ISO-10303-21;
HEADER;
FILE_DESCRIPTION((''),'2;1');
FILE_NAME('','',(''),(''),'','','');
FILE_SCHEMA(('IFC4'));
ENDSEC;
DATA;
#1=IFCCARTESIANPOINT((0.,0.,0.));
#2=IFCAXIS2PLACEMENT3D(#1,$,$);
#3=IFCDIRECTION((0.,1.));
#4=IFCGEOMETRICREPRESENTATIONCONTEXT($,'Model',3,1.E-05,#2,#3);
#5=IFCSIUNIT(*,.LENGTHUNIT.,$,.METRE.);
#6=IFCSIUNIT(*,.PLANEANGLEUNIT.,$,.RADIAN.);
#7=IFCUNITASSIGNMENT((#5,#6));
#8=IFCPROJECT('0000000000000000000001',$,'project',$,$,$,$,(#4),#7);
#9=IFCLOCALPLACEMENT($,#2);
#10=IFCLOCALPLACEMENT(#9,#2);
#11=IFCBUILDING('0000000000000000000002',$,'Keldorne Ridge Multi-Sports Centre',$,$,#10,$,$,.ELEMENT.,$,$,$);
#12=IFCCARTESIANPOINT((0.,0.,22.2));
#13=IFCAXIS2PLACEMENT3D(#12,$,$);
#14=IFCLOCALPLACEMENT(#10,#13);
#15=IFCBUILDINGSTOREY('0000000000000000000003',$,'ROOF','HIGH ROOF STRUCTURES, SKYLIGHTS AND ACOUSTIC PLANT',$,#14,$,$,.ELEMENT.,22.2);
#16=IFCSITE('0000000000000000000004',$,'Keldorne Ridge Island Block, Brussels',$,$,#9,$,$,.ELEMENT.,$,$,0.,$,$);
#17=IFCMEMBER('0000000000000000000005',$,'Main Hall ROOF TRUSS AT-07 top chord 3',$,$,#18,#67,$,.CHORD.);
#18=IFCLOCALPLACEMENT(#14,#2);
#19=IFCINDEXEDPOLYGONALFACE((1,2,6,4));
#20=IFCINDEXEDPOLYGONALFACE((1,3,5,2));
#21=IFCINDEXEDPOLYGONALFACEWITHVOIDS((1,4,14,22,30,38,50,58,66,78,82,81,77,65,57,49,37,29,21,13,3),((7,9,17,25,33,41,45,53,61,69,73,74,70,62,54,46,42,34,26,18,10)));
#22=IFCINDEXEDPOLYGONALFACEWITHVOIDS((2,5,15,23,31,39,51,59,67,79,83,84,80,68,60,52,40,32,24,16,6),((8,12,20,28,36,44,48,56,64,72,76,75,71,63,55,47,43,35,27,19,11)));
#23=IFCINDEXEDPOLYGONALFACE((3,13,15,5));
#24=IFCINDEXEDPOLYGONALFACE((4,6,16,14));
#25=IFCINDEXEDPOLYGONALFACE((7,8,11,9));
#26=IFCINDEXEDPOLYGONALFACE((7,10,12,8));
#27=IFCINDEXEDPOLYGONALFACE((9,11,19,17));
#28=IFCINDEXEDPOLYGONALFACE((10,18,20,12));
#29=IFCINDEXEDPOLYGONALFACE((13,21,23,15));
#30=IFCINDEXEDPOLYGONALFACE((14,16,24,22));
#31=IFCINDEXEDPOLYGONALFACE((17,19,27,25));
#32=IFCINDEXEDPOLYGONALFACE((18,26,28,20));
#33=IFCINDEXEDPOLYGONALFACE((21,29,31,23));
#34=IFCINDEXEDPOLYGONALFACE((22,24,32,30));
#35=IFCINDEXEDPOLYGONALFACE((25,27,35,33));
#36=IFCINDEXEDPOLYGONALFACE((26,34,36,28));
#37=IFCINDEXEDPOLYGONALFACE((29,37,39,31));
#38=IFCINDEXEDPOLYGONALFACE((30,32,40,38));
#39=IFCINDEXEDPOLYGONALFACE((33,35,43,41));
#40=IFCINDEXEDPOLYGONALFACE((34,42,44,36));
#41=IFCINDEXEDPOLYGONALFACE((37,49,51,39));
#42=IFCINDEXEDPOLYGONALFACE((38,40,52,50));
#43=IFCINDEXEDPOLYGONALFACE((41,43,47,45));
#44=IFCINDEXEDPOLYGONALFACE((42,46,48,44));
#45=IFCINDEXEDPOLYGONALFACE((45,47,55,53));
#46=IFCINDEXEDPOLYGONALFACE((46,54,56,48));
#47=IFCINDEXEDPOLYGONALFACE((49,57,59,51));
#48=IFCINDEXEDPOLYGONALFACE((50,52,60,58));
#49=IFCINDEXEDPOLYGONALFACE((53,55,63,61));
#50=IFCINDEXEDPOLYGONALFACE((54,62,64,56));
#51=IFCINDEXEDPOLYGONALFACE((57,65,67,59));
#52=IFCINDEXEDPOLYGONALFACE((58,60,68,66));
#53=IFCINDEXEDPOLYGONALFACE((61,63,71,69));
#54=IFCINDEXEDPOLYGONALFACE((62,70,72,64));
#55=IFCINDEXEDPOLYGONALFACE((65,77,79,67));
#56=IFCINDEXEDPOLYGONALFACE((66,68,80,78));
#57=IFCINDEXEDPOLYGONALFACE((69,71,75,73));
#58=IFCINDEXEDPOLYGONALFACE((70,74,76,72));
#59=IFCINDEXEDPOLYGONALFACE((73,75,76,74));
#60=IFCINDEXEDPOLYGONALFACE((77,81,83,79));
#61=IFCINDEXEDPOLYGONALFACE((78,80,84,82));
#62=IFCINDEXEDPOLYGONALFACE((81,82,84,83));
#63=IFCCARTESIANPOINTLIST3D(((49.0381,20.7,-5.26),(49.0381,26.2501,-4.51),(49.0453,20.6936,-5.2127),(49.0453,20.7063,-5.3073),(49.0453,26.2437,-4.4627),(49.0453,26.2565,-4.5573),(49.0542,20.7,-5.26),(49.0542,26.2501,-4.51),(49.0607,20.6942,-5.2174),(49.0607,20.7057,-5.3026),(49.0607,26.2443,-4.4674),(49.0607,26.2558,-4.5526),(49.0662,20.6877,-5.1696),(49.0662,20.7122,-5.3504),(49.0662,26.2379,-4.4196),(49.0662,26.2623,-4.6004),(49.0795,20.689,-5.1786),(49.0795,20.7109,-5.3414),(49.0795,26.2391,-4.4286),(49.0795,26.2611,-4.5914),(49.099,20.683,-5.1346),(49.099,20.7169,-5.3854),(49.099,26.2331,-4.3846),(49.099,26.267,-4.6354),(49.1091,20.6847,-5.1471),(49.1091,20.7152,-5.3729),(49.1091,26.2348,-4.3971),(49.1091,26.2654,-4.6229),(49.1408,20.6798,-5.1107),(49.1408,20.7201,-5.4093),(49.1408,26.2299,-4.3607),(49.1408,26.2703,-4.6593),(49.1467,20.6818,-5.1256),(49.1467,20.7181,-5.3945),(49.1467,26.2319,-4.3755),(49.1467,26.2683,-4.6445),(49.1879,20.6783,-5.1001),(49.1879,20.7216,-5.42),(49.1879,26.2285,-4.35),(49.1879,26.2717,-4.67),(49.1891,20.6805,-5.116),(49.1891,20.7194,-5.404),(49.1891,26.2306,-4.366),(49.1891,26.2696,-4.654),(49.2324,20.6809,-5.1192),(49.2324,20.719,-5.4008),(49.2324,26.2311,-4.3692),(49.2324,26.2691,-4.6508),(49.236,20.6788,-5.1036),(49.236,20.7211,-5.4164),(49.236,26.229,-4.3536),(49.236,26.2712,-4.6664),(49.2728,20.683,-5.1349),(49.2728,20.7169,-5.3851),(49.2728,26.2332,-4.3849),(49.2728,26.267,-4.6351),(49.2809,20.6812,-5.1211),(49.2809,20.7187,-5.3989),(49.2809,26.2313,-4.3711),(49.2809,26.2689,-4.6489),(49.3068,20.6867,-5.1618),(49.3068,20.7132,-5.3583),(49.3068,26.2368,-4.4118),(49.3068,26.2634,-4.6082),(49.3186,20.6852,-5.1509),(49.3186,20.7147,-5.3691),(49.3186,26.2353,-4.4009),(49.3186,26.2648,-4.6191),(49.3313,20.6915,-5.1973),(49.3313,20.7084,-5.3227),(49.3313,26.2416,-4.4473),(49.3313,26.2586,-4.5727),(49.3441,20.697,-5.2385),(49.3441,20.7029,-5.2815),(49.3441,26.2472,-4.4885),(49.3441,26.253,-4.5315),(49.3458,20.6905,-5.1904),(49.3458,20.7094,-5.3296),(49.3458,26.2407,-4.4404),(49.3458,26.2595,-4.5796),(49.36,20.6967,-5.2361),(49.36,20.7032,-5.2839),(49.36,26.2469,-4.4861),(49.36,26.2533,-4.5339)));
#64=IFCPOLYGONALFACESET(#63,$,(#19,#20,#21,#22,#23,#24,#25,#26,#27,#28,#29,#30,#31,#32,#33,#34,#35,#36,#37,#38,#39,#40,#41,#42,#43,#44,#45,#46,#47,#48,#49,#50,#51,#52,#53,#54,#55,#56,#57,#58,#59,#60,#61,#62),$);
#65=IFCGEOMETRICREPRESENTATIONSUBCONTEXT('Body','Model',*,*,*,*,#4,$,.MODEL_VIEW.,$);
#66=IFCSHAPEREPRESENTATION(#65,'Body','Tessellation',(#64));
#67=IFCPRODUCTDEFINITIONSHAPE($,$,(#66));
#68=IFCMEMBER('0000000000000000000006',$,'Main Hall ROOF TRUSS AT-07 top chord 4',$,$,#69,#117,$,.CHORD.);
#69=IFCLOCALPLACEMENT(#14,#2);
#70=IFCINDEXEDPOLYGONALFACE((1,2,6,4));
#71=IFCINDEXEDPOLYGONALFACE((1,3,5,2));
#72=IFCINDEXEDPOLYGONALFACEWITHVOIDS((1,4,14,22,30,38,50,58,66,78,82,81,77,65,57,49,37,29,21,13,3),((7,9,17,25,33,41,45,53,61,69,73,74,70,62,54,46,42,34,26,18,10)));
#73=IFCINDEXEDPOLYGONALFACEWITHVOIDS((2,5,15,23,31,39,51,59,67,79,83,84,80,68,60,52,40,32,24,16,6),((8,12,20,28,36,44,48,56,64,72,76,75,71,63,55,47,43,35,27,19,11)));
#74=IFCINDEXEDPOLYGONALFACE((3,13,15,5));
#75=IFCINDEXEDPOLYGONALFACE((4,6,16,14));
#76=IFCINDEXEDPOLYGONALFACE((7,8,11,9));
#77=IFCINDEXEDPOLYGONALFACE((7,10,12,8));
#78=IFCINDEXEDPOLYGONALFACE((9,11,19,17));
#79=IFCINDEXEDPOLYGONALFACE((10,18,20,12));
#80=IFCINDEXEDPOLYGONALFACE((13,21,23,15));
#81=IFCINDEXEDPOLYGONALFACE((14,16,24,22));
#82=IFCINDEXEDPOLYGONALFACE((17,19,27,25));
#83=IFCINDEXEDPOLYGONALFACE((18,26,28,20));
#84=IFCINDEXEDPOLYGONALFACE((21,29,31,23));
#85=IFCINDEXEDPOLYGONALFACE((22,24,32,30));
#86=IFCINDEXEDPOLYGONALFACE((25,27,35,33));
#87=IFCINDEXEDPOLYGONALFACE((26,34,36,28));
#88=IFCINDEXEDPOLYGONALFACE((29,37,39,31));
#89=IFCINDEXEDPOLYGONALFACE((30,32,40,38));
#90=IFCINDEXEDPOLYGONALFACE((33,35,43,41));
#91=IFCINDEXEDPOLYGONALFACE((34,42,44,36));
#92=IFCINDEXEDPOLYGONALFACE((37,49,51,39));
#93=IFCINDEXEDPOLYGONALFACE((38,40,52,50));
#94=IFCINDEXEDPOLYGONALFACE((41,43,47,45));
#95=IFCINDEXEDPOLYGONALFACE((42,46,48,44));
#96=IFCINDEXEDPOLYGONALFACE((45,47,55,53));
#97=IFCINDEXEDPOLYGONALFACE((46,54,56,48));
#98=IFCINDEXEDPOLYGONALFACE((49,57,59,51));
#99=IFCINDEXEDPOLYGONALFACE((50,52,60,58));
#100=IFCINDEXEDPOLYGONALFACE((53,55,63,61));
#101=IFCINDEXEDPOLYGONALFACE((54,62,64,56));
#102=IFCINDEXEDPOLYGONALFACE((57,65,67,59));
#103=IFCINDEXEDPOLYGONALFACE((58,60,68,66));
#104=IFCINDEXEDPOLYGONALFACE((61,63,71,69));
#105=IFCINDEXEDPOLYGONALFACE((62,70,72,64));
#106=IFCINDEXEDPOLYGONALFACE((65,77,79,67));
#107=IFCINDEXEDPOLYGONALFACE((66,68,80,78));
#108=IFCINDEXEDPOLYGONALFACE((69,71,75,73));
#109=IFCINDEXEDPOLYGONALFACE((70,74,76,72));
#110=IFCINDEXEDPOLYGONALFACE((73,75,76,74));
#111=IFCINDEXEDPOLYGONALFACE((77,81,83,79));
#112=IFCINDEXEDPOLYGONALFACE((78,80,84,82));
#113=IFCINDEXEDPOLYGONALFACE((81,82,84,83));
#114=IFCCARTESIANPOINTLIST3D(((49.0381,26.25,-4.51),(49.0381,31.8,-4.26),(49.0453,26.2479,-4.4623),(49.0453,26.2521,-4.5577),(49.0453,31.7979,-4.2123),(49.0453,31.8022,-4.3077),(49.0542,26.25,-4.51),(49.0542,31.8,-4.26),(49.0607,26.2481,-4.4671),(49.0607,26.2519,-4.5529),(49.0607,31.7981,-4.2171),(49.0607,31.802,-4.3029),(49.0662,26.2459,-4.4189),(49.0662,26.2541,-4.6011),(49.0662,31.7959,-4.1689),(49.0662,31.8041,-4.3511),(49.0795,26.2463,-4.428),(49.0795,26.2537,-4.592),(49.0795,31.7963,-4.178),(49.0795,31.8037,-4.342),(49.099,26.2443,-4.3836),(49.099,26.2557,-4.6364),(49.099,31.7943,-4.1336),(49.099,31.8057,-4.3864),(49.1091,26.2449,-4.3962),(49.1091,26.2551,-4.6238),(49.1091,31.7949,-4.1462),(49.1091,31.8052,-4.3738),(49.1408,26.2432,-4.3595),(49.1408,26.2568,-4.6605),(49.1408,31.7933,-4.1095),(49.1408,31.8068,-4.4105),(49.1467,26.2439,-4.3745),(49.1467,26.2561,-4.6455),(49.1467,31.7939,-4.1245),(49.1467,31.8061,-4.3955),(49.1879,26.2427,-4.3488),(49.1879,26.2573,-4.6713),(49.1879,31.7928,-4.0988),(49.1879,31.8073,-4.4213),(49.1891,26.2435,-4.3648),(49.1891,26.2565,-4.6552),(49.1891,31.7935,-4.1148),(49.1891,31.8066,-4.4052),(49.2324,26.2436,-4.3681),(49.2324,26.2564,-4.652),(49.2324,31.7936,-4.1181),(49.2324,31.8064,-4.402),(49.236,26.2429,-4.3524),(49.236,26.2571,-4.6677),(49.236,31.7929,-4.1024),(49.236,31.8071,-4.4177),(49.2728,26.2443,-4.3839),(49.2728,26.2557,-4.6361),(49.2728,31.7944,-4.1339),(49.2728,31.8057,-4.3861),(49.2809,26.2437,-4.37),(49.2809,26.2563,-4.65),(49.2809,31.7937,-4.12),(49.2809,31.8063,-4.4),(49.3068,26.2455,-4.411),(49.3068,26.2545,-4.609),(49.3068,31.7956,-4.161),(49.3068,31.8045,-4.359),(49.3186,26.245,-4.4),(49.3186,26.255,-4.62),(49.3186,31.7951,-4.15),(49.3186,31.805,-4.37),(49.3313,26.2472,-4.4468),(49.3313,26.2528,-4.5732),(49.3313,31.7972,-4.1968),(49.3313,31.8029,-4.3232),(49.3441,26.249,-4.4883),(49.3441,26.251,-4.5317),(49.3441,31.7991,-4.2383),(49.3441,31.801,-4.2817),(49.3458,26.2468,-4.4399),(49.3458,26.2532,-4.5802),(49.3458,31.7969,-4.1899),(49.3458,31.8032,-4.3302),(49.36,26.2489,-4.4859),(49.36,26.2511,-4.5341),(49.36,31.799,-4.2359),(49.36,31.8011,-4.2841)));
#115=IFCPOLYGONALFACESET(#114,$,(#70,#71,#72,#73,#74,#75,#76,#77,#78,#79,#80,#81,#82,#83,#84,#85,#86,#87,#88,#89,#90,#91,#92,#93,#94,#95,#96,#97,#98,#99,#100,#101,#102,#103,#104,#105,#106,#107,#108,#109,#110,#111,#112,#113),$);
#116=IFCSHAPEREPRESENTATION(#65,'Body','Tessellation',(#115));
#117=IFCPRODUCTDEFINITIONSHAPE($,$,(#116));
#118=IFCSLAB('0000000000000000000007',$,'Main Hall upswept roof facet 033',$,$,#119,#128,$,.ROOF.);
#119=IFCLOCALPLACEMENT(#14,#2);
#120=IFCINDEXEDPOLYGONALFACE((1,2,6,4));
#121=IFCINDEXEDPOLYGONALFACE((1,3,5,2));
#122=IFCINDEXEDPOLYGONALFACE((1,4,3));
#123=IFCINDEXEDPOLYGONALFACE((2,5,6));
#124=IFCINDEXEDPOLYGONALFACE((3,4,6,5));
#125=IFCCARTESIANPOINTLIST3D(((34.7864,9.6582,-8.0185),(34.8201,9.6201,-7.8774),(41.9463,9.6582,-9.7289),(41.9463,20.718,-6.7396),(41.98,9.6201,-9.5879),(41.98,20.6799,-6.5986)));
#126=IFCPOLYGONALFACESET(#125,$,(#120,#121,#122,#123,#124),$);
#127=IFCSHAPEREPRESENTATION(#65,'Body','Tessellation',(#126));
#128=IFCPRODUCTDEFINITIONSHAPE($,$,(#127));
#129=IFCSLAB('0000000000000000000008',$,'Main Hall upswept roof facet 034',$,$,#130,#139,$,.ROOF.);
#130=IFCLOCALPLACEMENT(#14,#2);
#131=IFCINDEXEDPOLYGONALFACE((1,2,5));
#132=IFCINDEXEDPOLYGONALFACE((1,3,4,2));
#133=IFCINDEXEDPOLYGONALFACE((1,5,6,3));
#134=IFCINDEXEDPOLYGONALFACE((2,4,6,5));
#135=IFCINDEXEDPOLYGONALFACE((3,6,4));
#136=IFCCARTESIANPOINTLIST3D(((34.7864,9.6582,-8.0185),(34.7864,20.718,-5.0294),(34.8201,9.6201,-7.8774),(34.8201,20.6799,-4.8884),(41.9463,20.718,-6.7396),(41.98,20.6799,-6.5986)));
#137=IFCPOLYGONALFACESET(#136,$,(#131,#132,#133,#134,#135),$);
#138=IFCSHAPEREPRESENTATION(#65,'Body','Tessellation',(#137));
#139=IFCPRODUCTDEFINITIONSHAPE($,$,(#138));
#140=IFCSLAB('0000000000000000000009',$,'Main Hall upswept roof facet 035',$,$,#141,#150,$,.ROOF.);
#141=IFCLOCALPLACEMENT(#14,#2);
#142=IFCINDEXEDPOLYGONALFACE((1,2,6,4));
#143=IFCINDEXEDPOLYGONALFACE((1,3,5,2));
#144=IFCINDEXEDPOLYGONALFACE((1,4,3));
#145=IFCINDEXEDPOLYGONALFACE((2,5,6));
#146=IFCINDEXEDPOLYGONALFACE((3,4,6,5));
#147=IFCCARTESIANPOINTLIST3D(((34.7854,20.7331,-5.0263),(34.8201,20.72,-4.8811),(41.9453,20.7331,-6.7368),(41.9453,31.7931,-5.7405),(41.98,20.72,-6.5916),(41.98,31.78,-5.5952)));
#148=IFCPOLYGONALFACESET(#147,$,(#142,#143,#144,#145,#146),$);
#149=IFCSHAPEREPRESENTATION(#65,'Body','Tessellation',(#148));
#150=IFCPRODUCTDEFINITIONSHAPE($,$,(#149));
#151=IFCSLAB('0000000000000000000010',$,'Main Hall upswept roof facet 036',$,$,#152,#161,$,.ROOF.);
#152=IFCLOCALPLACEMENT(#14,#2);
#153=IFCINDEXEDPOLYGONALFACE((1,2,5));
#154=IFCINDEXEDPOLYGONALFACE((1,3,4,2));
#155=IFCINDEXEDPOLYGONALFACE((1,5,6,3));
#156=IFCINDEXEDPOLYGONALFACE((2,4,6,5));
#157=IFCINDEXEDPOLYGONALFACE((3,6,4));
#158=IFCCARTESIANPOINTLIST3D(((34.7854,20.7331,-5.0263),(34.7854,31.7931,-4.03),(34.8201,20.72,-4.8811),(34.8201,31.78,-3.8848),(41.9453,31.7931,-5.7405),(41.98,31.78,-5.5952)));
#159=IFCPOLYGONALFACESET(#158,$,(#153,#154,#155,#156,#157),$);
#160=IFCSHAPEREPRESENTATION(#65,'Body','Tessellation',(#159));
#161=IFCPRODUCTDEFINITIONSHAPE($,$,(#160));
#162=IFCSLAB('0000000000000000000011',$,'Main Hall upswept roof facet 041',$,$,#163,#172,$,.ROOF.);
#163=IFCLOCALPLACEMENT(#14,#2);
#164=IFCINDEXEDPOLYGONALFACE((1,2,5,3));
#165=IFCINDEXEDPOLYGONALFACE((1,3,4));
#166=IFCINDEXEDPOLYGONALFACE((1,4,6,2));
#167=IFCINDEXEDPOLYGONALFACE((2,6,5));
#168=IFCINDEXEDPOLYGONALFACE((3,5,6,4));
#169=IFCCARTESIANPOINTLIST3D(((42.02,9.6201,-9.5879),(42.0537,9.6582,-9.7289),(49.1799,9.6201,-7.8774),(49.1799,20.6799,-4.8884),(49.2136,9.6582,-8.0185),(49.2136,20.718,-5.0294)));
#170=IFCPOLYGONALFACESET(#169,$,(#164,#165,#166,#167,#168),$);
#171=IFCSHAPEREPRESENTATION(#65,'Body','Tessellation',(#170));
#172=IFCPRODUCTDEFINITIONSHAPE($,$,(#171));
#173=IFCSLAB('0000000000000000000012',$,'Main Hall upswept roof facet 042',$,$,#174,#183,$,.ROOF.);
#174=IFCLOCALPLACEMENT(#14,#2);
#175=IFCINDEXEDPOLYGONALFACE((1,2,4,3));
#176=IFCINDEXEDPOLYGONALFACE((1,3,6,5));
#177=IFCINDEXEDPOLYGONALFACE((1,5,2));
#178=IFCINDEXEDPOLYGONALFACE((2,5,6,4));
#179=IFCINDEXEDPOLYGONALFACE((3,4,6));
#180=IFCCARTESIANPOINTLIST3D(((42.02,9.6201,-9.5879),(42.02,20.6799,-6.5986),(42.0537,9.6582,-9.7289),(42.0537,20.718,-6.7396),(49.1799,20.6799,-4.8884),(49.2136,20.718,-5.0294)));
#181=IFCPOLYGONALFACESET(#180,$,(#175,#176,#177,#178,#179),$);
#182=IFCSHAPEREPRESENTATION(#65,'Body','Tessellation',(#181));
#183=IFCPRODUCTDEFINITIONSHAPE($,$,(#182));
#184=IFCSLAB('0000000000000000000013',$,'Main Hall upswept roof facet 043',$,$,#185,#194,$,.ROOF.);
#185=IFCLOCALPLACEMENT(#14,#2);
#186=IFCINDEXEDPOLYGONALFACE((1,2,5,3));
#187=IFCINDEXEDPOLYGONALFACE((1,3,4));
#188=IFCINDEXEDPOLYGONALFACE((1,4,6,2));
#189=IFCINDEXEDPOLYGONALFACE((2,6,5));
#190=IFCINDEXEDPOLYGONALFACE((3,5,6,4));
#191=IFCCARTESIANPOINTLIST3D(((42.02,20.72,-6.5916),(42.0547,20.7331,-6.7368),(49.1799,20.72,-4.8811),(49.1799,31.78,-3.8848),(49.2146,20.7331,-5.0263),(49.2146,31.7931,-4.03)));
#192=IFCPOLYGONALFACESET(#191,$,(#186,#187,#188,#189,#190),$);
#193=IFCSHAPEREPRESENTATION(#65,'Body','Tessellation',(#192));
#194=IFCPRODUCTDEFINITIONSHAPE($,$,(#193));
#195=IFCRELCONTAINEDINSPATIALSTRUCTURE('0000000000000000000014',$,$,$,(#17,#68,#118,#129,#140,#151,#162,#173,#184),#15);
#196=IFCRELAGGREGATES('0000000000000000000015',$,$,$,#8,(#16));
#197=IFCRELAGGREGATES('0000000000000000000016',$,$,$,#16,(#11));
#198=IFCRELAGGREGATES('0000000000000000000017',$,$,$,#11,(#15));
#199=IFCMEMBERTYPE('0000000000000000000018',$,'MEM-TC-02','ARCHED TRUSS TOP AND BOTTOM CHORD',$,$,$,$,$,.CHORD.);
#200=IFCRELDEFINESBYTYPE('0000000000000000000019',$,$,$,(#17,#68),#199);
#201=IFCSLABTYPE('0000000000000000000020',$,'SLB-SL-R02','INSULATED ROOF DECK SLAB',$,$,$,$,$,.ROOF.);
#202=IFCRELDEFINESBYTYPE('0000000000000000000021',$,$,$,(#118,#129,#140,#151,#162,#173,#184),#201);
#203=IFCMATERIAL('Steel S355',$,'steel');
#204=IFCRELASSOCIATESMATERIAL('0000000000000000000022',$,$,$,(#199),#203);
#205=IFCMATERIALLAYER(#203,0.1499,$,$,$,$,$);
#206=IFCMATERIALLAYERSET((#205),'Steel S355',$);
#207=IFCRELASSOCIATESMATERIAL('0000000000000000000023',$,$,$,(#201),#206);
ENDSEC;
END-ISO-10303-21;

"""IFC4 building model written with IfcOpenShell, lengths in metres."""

from ifc_helpers import new_model, si_unit, direction, frame, origin, origin_2d, place, context, subcontext, project, spatial, polyline, hollow_circle, outline, extrude, material, layer, layer_set, material_profile, profile_set, type_object, element, save


model = new_model("IFC4")

# Units and contexts
model_context = context("Model", 3, precision=1e-05, world=origin(), true_north=direction((0.0, 1.0)))
body_context = subcontext(model_context, "Body", "Model", "MODEL_VIEW")
ifc_project = project(units=[si_unit("LENGTHUNIT", "METRE"), si_unit("PLANEANGLEUNIT", "RADIAN")], contexts=[model_context])

# Site, building, storey
site_placement = place(None, origin())
site = spatial("IfcSite", under=ifc_project, at=site_placement, Name="Keldorne Ridge Island Block, Brussels", CompositionType="ELEMENT", RefElevation=0.0)
building_placement = place(site_placement, origin())
building = spatial("IfcBuilding", under=site, at=building_placement, Name="Keldorne Ridge Multi-Sports Centre", CompositionType="ELEMENT")
storey_placement = place(building_placement, frame((0.0, 0.0, 22.2)))
storey = spatial("IfcBuildingStorey", under=building, at=storey_placement, Name="ROOF", Description="HIGH ROOF STRUCTURES, SKYLIGHTS AND ACOUSTIC PLANT", CompositionType="ELEMENT", Elevation=22.2)

# Members
ifc_material = material(Name="Steel S355", Category="steel")
ifc_material_profile_1 = material_profile(ifc_material, hollow_circle(Radius=0.1619, WallThickness=0.0161, at=origin_2d()), Name="CHS 323.9x16")
ifc_profile_set_1 = profile_set([ifc_material_profile_1], Name="Steel S355")
member_type_1 = type_object("IfcMemberType", Name="MEM-TC-02", Description="ARCHED TRUSS TOP AND BOTTOM CHORD", PredefinedType="CHORD", material=ifc_profile_set_1)
member_1_placement = place(storey_placement, frame((49.2, 20.7, -5.26), z_axis=(0.0, 0.990993, 0.133917), x_axis=(-1.0, 0.0, 0.0)))
element("IfcMember", 1, at=member_1_placement, inside=storey, type_object=member_type_1, Name="Main Hall ROOF TRUSS AT-07 top chord 3", PredefinedType="CHORD", context=body_context, shape_type="SweptSolid", body=[
    extrude(hollow_circle(Radius=0.1619, WallThickness=0.0161, at=origin_2d()), origin(), (0.0, 0.0, 1.0), 5.6006),
])
member_2_placement = place(storey_placement, frame((49.2, 26.25, -4.51), z_axis=(0.0, 0.998987, 0.044999), x_axis=(-1.0, 0.0, 0.0)))
element("IfcMember", 2, at=member_2_placement, inside=storey, type_object=member_type_1, Name="Main Hall ROOF TRUSS AT-07 top chord 4", PredefinedType="CHORD", context=body_context, shape_type="SweptSolid", body=[
    extrude(hollow_circle(Radius=0.1619, WallThickness=0.0161, at=origin_2d()), origin(), (0.0, 0.0, 1.0), 5.5557),
])

# Slabs
ifc_layer_1 = layer(ifc_material, 0.1499)
ifc_layer_set_1 = layer_set([ifc_layer_1], Name="Steel S355")
slab_type_1 = type_object("IfcSlabType", Name="SLB-SL-R02", Description="INSULATED ROOF DECK SLAB", PredefinedType="ROOF", material=ifc_layer_set_1)
slab_1_placement = place(storey_placement, frame((34.8201, 9.6201, -7.8774), z_axis=(0.224719, -0.254245, 0.94067), x_axis=(0.972631, 0.0, -0.232354)))
element("IfcSlab", 3, at=slab_1_placement, inside=storey, type_object=slab_type_1, Name="Main Hall upswept roof facet 033", PredefinedType="ROOF", context=body_context, shape_type="SweptSolid", body=[
    extrude(outline(polyline([(0.0, 0.0), (7.3614, 0.0), (6.6668, 11.4356), (0.0, 0.0)])), origin(), (0.0, 0.0, -1.0), 0.1499),
])
slab_2_placement = place(storey_placement, frame((34.8201, 9.6201, -7.8774), z_axis=(0.22469, -0.254228, 0.940682), x_axis=(0.5409, 0.83552, 0.096608)))
element("IfcSlab", 4, at=slab_2_placement, inside=storey, type_object=slab_type_1, Name="Main Hall upswept roof facet 034", PredefinedType="ROOF", context=body_context, shape_type="SweptSolid", body=[
    extrude(outline(polyline([(0.0, 0.0), (13.237, 0.0), (9.5295, 6.3595), (0.0, 0.0)])), origin(), (0.0, 0.0, -1.0), 0.1499),
])
slab_3_placement = place(storey_placement, frame((34.8201, 20.72, -4.8811), z_axis=(0.231467, -0.087284, 0.968919), x_axis=(0.972631, 0.0, -0.232354)))
element("IfcSlab", 5, at=slab_3_placement, inside=storey, type_object=slab_type_1, Name="Main Hall upswept roof facet 035", PredefinedType="ROOF", context=body_context, shape_type="SweptSolid", body=[
    extrude(outline(polyline([(0.0, 0.0), (7.3614, 0.0), (7.1299, 11.1024), (0.0, 0.0)])), origin(), (0.0, 0.0, -1.0), 0.1499),
])
slab_4_placement = place(storey_placement, frame((34.8201, 20.72, -4.8811), z_axis=(0.231467, -0.087284, 0.968919), x_axis=(0.542637, 0.838222, -0.054121)))
element("IfcSlab", 6, at=slab_4_placement, inside=storey, type_object=slab_type_1, Name="Main Hall upswept roof facet 036", PredefinedType="ROOF", context=body_context, shape_type="SweptSolid", body=[
    extrude(outline(polyline([(0.0, 0.0), (13.1947, 0.0), (9.2169, 6.1941), (0.0, 0.0)])), origin(), (0.0, 0.0, -1.0), 0.1499),
])
slab_5_placement = place(storey_placement, frame((42.02, 9.6201, -9.5879), z_axis=(-0.22472, -0.254226, 0.940675), x_axis=(0.972631, 0.0, 0.232354)))
element("IfcSlab", 7, at=slab_5_placement, inside=storey, type_object=slab_type_1, Name="Main Hall upswept roof facet 041", PredefinedType="ROOF", context=body_context, shape_type="SweptSolid", body=[
    extrude(outline(polyline([(0.0, 0.0), (7.3614, 0.0), (8.0559, 11.4355), (0.0, 0.0)])), origin(), (0.0, 0.0, -1.0), 0.1499),
])
slab_6_placement = place(storey_placement, frame((42.02, 9.6201, -9.5879), z_axis=(-0.224689, -0.254247, 0.940677), x_axis=(0.511855, 0.790655, 0.33596)))
element("IfcSlab", 8, at=slab_6_placement, inside=storey, type_object=slab_type_1, Name="Main Hall upswept roof facet 042", PredefinedType="ROOF", context=body_context, shape_type="SweptSolid", body=[
    extrude(outline(polyline([(0.0, 0.0), (13.9882, 0.0), (9.7488, 6.018), (0.0, 0.0)])), origin(), (0.0, 0.0, -1.0), 0.1499),
])
slab_7_placement = place(storey_placement, frame((42.02, 20.72, -6.5916), z_axis=(-0.231467, -0.087284, 0.968919), x_axis=(0.972631, 0.0, 0.232354)))
element("IfcSlab", 9, at=slab_7_placement, inside=storey, type_object=slab_type_1, Name="Main Hall upswept roof facet 043", PredefinedType="ROOF", context=body_context, shape_type="SweptSolid", body=[
    extrude(outline(polyline([(0.0, 0.0), (7.3614, 0.0), (7.5929, 11.1024), (0.0, 0.0)])), origin(), (0.0, 0.0, -1.0), 0.1499),
])

save(model, "model.ifc")
